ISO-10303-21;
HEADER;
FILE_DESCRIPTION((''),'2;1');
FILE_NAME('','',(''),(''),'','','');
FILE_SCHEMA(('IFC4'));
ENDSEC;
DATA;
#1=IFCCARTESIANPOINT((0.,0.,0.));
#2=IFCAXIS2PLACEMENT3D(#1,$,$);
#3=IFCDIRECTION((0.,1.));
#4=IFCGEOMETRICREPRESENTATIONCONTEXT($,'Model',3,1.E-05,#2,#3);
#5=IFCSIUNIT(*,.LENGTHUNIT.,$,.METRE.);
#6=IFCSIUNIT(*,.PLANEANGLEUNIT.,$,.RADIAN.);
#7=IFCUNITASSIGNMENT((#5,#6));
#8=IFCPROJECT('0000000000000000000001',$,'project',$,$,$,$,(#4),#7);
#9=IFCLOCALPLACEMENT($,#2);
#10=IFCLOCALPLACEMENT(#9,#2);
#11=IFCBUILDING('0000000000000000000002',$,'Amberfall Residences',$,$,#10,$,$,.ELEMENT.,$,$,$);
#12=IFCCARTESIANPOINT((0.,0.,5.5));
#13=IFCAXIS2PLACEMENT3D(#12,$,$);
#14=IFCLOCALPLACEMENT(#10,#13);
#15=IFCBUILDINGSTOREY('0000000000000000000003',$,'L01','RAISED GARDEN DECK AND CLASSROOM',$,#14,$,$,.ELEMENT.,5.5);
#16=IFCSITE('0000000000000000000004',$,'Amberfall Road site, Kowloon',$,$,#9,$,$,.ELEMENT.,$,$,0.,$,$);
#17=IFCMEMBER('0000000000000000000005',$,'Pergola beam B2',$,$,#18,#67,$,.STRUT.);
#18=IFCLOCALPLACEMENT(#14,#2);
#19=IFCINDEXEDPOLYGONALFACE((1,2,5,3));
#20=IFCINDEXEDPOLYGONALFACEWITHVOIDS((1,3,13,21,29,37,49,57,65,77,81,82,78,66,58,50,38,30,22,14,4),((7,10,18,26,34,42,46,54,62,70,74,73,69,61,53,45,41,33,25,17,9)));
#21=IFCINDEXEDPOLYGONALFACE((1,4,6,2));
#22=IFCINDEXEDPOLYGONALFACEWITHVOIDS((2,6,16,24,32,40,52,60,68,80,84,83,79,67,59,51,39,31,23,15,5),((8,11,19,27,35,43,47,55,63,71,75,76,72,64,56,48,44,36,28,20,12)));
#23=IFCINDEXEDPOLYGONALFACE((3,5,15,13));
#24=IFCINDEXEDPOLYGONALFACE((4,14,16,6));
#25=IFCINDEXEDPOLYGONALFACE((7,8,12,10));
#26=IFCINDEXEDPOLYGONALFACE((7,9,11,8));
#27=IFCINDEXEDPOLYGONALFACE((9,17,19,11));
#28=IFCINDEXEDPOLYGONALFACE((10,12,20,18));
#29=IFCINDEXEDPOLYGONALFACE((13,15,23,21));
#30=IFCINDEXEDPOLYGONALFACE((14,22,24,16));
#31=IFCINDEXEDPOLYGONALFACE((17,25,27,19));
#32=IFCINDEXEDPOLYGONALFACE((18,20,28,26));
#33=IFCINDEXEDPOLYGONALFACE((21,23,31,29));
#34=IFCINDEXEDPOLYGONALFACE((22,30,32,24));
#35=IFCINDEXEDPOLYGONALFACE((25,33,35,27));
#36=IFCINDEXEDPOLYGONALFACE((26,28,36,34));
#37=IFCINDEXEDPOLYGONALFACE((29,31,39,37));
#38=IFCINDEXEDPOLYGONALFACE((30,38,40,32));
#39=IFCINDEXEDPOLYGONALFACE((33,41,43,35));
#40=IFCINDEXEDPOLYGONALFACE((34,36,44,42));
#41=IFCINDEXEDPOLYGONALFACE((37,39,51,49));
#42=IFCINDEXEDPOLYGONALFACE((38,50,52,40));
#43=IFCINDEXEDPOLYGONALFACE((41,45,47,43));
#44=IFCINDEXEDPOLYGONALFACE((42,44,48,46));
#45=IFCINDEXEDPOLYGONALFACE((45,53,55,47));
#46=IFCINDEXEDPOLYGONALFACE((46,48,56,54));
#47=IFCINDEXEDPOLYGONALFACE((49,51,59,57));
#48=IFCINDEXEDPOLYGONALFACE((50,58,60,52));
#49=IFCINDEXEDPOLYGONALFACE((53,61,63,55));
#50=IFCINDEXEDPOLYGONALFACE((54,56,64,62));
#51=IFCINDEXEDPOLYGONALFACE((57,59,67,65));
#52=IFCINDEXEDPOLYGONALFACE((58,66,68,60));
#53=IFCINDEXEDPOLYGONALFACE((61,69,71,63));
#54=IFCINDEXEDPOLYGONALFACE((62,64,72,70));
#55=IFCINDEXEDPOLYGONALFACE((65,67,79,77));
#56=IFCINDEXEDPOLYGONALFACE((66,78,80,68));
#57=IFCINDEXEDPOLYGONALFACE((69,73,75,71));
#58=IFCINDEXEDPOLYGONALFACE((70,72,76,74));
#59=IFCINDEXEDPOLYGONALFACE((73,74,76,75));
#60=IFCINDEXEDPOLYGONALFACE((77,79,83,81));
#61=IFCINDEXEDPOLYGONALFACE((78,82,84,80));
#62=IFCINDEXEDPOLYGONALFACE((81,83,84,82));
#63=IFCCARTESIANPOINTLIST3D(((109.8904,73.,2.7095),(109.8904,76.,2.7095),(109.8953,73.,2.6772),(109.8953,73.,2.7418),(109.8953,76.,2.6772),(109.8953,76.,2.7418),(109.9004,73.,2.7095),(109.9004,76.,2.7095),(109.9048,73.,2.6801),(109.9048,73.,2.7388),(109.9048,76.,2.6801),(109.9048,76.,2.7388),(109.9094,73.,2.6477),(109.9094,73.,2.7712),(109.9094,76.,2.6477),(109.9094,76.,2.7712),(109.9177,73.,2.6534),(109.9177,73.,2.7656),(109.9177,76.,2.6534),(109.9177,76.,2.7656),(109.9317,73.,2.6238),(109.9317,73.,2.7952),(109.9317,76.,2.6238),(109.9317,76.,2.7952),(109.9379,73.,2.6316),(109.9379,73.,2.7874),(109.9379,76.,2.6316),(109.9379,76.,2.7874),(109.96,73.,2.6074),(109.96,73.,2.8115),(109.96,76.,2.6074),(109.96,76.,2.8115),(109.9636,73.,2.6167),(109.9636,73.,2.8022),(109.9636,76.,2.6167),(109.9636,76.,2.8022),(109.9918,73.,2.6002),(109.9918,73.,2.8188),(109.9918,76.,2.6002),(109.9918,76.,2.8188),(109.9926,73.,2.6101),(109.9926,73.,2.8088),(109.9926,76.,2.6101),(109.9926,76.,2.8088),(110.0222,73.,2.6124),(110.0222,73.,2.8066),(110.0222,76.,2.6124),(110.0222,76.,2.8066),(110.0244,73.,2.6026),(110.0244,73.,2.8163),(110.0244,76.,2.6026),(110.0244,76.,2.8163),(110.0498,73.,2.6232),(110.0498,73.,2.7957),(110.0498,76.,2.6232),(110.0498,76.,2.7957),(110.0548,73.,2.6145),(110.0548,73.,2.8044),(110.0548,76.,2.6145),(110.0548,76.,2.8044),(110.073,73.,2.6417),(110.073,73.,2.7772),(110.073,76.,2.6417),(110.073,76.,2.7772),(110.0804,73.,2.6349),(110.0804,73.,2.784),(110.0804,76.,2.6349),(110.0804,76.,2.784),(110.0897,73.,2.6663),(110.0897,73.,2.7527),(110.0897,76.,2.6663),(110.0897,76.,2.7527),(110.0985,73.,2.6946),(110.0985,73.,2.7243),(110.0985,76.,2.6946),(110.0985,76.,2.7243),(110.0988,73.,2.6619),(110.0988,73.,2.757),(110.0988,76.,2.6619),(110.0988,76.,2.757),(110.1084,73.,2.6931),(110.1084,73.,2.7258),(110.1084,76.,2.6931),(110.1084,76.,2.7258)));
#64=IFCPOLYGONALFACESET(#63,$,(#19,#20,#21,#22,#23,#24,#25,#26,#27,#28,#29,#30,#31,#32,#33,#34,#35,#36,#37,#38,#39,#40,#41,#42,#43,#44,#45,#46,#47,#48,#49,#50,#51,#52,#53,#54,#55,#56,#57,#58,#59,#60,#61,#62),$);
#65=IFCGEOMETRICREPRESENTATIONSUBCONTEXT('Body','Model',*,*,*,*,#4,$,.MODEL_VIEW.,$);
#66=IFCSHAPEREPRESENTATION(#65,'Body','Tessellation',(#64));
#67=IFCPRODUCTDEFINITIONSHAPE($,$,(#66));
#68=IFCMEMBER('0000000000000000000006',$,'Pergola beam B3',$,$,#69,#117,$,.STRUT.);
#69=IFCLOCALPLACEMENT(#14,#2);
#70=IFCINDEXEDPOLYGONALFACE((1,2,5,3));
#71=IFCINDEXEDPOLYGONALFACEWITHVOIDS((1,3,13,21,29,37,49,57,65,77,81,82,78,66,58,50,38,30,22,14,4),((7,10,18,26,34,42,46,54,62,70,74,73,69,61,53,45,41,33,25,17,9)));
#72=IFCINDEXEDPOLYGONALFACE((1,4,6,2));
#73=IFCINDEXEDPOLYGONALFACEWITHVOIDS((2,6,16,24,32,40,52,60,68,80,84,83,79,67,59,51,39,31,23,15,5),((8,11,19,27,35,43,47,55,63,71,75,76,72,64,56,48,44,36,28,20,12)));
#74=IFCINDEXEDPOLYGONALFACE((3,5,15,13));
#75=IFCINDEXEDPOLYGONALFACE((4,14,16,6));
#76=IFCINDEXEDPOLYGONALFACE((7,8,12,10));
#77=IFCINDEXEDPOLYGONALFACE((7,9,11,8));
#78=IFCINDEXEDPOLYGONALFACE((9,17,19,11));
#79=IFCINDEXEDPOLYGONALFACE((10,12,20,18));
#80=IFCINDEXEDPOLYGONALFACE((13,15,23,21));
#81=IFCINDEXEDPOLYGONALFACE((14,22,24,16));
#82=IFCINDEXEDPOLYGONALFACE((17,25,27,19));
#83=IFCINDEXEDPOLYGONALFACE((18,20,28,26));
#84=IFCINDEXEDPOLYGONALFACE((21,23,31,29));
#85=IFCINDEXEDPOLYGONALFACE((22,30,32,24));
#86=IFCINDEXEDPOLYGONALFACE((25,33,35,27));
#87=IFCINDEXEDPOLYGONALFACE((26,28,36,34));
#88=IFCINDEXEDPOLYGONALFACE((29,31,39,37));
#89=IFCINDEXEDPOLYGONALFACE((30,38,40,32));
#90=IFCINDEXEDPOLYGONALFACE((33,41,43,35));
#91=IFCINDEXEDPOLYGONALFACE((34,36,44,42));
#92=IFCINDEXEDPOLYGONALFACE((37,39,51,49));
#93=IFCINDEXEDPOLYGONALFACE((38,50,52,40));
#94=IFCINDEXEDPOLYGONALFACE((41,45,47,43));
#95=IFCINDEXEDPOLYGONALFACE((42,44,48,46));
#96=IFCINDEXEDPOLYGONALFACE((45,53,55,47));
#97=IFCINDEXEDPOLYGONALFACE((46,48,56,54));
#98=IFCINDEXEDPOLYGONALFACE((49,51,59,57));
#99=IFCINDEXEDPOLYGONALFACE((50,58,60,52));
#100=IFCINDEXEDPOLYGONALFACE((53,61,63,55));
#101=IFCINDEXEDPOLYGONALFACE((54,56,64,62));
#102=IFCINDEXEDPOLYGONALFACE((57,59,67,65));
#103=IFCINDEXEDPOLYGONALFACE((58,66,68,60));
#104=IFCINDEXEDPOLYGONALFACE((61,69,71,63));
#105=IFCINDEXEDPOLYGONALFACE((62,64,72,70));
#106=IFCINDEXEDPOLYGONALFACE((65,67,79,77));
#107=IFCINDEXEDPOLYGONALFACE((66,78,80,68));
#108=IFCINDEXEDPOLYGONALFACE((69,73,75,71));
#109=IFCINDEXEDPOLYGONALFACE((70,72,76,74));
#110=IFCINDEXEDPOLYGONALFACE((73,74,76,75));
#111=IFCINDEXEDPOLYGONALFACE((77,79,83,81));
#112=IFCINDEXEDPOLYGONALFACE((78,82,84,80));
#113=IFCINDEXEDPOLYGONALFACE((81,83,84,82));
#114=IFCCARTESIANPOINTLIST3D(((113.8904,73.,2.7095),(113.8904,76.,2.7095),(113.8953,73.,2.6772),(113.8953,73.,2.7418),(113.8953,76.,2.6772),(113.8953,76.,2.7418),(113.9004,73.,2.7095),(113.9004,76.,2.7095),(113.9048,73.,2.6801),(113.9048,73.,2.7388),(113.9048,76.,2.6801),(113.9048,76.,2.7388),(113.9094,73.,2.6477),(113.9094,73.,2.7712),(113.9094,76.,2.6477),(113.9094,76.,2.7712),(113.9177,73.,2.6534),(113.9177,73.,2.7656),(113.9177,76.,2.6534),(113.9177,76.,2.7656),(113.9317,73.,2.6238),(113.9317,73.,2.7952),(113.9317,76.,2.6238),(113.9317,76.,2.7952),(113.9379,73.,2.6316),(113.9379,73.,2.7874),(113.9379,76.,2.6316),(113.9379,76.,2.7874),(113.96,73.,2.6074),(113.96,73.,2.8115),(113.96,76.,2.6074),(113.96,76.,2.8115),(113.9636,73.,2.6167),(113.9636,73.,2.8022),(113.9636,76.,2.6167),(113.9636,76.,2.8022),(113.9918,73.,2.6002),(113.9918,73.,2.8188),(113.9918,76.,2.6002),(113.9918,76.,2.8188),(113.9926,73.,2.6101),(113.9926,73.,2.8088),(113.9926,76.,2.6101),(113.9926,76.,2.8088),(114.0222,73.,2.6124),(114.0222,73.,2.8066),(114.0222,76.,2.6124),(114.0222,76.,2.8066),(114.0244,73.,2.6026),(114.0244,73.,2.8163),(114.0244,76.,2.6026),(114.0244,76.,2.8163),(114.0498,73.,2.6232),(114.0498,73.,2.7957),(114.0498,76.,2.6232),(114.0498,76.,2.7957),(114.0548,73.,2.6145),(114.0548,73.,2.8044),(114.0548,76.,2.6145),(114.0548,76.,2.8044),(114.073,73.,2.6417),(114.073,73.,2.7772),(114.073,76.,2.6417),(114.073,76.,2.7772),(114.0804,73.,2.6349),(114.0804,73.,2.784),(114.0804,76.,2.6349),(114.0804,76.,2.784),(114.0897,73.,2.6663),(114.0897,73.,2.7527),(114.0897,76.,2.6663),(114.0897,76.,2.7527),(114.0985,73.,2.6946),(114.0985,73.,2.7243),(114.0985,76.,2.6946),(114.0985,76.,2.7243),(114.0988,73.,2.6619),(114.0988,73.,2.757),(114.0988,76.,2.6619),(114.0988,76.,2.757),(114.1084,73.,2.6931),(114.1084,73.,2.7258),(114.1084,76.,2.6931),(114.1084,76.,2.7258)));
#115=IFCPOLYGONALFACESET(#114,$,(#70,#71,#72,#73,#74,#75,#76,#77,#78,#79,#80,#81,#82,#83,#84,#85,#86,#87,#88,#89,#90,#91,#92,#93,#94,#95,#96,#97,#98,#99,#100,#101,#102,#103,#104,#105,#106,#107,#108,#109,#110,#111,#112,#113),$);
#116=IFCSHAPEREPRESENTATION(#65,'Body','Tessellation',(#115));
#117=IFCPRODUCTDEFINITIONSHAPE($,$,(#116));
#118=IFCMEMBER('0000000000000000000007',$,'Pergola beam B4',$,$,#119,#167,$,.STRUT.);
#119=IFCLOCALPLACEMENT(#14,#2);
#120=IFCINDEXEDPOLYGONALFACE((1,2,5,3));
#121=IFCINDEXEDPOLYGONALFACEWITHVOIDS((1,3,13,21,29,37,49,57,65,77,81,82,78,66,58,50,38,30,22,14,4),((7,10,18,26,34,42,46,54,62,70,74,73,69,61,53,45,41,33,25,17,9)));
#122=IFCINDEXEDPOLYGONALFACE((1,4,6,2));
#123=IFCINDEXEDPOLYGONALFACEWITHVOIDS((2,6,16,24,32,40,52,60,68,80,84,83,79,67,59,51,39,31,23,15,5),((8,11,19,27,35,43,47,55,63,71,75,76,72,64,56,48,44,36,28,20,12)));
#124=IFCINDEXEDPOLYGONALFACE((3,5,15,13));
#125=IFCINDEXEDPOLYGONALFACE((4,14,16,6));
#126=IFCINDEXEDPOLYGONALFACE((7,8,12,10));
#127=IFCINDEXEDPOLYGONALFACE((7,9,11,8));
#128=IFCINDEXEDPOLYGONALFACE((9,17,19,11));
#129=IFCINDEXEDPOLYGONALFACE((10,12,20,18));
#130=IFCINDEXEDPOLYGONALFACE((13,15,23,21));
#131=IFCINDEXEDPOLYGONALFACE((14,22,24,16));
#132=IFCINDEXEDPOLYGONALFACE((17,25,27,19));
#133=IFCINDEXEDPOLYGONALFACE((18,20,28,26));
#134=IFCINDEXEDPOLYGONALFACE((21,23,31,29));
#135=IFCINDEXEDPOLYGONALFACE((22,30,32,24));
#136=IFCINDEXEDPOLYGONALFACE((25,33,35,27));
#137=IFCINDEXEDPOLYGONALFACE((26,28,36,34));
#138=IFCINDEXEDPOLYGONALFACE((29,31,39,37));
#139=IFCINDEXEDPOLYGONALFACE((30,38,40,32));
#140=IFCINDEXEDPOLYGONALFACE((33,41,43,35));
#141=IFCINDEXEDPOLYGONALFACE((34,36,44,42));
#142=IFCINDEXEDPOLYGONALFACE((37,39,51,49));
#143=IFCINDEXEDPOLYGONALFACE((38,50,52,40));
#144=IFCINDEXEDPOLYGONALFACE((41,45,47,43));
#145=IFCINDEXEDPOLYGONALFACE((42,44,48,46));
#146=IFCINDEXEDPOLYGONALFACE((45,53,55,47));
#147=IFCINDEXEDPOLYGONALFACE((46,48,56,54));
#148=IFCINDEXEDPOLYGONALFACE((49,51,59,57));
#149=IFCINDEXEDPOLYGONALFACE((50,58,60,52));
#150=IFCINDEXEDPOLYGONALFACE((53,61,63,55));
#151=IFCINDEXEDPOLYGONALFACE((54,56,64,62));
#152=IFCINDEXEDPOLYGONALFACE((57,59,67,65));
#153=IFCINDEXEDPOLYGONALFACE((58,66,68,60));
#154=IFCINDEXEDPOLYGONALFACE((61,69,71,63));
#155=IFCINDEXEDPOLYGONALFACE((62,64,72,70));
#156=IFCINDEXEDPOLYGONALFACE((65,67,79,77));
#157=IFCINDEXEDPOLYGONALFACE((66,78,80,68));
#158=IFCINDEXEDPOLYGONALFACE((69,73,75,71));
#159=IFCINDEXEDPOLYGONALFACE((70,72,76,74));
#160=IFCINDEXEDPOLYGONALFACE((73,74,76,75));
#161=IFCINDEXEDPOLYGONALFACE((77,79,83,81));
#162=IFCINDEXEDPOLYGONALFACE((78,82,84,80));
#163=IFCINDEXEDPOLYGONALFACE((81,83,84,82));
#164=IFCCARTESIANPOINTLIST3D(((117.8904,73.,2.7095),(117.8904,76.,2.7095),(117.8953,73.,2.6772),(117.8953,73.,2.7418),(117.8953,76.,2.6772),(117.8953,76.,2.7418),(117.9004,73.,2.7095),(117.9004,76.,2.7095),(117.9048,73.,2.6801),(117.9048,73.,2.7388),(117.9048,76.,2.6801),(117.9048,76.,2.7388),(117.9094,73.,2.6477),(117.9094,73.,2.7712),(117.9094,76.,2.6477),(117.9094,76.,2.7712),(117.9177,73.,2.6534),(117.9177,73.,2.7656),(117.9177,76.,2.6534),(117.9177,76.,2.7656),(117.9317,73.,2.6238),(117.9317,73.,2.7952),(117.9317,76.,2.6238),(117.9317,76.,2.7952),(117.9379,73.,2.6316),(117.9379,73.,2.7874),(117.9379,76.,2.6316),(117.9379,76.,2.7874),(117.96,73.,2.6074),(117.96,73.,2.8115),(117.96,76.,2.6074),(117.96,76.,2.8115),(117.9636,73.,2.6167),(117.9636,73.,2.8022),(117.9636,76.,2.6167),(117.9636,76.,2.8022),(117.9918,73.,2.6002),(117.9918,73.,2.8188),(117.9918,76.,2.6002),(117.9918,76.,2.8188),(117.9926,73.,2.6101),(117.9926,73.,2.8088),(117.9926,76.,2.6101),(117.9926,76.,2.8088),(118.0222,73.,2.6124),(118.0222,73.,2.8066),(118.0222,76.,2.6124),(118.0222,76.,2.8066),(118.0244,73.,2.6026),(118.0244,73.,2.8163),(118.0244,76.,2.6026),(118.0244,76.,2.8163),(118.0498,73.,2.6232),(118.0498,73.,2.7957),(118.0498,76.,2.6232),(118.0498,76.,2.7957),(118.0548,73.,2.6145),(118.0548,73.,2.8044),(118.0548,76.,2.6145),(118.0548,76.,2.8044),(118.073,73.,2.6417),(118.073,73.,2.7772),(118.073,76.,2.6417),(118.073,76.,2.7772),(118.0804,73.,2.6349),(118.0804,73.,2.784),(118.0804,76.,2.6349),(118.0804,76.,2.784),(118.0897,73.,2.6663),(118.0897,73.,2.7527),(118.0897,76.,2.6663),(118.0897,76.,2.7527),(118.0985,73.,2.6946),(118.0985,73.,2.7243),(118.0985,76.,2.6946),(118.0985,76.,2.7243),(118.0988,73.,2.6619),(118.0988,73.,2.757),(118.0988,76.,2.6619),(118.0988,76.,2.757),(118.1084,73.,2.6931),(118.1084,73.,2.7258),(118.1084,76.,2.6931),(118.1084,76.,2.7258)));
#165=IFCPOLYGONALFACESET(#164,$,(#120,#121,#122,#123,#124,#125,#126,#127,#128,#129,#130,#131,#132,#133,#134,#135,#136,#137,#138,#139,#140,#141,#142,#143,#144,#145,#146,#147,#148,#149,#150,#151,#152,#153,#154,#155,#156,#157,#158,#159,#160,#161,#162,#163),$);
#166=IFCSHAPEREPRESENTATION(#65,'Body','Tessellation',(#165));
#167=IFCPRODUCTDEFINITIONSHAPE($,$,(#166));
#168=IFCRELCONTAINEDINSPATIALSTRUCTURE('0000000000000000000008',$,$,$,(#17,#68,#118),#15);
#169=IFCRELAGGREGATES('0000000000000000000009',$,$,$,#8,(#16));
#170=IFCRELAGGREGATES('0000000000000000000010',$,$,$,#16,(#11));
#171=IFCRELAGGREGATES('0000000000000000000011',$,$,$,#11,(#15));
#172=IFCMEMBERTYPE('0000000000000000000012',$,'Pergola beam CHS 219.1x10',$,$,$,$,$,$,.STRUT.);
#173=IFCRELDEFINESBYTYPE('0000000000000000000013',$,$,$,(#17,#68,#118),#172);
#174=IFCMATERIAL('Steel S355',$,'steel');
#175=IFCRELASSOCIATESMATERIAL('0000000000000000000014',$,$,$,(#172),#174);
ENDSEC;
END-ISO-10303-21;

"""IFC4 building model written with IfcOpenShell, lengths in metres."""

from ifc_helpers import new_model, si_unit, direction, frame, origin, origin_2d, place, context, subcontext, project, spatial, hollow_circle, extrude, material, material_profile, profile_set, type_object, element, save


model = new_model("IFC4")

# Units and contexts
model_context = context("Model", 3, precision=1e-05, world=origin(), true_north=direction((0.0, 1.0)))
body_context = subcontext(model_context, "Body", "Model", "MODEL_VIEW")
ifc_project = project(units=[si_unit("LENGTHUNIT", "METRE"), si_unit("PLANEANGLEUNIT", "RADIAN")], contexts=[model_context])

# Site, building, storey
site_placement = place(None, origin())
site = spatial("IfcSite", under=ifc_project, at=site_placement, Name="Amberfall Road site, Kowloon", CompositionType="ELEMENT", RefElevation=0.0)
building_placement = place(site_placement, origin())
building = spatial("IfcBuilding", under=site, at=building_placement, Name="Amberfall Residences", CompositionType="ELEMENT")
storey_placement = place(building_placement, frame((0.0, 0.0, 5.5)))
storey = spatial("IfcBuildingStorey", under=building, at=storey_placement, Name="L01", Description="RAISED GARDEN DECK AND CLASSROOM", CompositionType="ELEMENT", Elevation=5.5)

# Members
ifc_material_1 = material(Name="Steel S355", Category="steel")
ifc_material_profile_1 = material_profile(ifc_material_1, hollow_circle(Radius=0.1096, WallThickness=0.01, at=origin_2d()), Name="CHS 219.1x10")
ifc_profile_set_1 = profile_set([ifc_material_profile_1], Name="Steel S355")
member_type_1 = type_object("IfcMemberType", Name="Pergola beam CHS 219.1x10", PredefinedType="STRUT", material=ifc_profile_set_1)
for number, where, z_axis, x_axis, name in (
    (1, (110.0, 73.0, 2.7095), (0.0, 1.0, 0.0), (-1.0, 0.0, 0.0), "Pergola beam B2"),
    (2, (114.0, 73.0, 2.7095), (0.0, 1.0, 0.0), (-1.0, 0.0, 0.0), "Pergola beam B3"),
    (3, (118.0, 73.0, 2.7095), (0.0, 1.0, 0.0), (-1.0, 0.0, 0.0), "Pergola beam B4"),
):
    element("IfcMember", number, at=place(storey_placement, frame(where, z_axis=z_axis, x_axis=x_axis)), inside=storey, type_object=member_type_1, Name=name, PredefinedType="STRUT", context=body_context, shape_type="SweptSolid", body=[
        extrude(hollow_circle(Radius=0.1096, WallThickness=0.01, at=origin_2d()), origin(), (0.0, 0.0, 1.0), 3.0),
    ])

save(model, "model.ifc")
